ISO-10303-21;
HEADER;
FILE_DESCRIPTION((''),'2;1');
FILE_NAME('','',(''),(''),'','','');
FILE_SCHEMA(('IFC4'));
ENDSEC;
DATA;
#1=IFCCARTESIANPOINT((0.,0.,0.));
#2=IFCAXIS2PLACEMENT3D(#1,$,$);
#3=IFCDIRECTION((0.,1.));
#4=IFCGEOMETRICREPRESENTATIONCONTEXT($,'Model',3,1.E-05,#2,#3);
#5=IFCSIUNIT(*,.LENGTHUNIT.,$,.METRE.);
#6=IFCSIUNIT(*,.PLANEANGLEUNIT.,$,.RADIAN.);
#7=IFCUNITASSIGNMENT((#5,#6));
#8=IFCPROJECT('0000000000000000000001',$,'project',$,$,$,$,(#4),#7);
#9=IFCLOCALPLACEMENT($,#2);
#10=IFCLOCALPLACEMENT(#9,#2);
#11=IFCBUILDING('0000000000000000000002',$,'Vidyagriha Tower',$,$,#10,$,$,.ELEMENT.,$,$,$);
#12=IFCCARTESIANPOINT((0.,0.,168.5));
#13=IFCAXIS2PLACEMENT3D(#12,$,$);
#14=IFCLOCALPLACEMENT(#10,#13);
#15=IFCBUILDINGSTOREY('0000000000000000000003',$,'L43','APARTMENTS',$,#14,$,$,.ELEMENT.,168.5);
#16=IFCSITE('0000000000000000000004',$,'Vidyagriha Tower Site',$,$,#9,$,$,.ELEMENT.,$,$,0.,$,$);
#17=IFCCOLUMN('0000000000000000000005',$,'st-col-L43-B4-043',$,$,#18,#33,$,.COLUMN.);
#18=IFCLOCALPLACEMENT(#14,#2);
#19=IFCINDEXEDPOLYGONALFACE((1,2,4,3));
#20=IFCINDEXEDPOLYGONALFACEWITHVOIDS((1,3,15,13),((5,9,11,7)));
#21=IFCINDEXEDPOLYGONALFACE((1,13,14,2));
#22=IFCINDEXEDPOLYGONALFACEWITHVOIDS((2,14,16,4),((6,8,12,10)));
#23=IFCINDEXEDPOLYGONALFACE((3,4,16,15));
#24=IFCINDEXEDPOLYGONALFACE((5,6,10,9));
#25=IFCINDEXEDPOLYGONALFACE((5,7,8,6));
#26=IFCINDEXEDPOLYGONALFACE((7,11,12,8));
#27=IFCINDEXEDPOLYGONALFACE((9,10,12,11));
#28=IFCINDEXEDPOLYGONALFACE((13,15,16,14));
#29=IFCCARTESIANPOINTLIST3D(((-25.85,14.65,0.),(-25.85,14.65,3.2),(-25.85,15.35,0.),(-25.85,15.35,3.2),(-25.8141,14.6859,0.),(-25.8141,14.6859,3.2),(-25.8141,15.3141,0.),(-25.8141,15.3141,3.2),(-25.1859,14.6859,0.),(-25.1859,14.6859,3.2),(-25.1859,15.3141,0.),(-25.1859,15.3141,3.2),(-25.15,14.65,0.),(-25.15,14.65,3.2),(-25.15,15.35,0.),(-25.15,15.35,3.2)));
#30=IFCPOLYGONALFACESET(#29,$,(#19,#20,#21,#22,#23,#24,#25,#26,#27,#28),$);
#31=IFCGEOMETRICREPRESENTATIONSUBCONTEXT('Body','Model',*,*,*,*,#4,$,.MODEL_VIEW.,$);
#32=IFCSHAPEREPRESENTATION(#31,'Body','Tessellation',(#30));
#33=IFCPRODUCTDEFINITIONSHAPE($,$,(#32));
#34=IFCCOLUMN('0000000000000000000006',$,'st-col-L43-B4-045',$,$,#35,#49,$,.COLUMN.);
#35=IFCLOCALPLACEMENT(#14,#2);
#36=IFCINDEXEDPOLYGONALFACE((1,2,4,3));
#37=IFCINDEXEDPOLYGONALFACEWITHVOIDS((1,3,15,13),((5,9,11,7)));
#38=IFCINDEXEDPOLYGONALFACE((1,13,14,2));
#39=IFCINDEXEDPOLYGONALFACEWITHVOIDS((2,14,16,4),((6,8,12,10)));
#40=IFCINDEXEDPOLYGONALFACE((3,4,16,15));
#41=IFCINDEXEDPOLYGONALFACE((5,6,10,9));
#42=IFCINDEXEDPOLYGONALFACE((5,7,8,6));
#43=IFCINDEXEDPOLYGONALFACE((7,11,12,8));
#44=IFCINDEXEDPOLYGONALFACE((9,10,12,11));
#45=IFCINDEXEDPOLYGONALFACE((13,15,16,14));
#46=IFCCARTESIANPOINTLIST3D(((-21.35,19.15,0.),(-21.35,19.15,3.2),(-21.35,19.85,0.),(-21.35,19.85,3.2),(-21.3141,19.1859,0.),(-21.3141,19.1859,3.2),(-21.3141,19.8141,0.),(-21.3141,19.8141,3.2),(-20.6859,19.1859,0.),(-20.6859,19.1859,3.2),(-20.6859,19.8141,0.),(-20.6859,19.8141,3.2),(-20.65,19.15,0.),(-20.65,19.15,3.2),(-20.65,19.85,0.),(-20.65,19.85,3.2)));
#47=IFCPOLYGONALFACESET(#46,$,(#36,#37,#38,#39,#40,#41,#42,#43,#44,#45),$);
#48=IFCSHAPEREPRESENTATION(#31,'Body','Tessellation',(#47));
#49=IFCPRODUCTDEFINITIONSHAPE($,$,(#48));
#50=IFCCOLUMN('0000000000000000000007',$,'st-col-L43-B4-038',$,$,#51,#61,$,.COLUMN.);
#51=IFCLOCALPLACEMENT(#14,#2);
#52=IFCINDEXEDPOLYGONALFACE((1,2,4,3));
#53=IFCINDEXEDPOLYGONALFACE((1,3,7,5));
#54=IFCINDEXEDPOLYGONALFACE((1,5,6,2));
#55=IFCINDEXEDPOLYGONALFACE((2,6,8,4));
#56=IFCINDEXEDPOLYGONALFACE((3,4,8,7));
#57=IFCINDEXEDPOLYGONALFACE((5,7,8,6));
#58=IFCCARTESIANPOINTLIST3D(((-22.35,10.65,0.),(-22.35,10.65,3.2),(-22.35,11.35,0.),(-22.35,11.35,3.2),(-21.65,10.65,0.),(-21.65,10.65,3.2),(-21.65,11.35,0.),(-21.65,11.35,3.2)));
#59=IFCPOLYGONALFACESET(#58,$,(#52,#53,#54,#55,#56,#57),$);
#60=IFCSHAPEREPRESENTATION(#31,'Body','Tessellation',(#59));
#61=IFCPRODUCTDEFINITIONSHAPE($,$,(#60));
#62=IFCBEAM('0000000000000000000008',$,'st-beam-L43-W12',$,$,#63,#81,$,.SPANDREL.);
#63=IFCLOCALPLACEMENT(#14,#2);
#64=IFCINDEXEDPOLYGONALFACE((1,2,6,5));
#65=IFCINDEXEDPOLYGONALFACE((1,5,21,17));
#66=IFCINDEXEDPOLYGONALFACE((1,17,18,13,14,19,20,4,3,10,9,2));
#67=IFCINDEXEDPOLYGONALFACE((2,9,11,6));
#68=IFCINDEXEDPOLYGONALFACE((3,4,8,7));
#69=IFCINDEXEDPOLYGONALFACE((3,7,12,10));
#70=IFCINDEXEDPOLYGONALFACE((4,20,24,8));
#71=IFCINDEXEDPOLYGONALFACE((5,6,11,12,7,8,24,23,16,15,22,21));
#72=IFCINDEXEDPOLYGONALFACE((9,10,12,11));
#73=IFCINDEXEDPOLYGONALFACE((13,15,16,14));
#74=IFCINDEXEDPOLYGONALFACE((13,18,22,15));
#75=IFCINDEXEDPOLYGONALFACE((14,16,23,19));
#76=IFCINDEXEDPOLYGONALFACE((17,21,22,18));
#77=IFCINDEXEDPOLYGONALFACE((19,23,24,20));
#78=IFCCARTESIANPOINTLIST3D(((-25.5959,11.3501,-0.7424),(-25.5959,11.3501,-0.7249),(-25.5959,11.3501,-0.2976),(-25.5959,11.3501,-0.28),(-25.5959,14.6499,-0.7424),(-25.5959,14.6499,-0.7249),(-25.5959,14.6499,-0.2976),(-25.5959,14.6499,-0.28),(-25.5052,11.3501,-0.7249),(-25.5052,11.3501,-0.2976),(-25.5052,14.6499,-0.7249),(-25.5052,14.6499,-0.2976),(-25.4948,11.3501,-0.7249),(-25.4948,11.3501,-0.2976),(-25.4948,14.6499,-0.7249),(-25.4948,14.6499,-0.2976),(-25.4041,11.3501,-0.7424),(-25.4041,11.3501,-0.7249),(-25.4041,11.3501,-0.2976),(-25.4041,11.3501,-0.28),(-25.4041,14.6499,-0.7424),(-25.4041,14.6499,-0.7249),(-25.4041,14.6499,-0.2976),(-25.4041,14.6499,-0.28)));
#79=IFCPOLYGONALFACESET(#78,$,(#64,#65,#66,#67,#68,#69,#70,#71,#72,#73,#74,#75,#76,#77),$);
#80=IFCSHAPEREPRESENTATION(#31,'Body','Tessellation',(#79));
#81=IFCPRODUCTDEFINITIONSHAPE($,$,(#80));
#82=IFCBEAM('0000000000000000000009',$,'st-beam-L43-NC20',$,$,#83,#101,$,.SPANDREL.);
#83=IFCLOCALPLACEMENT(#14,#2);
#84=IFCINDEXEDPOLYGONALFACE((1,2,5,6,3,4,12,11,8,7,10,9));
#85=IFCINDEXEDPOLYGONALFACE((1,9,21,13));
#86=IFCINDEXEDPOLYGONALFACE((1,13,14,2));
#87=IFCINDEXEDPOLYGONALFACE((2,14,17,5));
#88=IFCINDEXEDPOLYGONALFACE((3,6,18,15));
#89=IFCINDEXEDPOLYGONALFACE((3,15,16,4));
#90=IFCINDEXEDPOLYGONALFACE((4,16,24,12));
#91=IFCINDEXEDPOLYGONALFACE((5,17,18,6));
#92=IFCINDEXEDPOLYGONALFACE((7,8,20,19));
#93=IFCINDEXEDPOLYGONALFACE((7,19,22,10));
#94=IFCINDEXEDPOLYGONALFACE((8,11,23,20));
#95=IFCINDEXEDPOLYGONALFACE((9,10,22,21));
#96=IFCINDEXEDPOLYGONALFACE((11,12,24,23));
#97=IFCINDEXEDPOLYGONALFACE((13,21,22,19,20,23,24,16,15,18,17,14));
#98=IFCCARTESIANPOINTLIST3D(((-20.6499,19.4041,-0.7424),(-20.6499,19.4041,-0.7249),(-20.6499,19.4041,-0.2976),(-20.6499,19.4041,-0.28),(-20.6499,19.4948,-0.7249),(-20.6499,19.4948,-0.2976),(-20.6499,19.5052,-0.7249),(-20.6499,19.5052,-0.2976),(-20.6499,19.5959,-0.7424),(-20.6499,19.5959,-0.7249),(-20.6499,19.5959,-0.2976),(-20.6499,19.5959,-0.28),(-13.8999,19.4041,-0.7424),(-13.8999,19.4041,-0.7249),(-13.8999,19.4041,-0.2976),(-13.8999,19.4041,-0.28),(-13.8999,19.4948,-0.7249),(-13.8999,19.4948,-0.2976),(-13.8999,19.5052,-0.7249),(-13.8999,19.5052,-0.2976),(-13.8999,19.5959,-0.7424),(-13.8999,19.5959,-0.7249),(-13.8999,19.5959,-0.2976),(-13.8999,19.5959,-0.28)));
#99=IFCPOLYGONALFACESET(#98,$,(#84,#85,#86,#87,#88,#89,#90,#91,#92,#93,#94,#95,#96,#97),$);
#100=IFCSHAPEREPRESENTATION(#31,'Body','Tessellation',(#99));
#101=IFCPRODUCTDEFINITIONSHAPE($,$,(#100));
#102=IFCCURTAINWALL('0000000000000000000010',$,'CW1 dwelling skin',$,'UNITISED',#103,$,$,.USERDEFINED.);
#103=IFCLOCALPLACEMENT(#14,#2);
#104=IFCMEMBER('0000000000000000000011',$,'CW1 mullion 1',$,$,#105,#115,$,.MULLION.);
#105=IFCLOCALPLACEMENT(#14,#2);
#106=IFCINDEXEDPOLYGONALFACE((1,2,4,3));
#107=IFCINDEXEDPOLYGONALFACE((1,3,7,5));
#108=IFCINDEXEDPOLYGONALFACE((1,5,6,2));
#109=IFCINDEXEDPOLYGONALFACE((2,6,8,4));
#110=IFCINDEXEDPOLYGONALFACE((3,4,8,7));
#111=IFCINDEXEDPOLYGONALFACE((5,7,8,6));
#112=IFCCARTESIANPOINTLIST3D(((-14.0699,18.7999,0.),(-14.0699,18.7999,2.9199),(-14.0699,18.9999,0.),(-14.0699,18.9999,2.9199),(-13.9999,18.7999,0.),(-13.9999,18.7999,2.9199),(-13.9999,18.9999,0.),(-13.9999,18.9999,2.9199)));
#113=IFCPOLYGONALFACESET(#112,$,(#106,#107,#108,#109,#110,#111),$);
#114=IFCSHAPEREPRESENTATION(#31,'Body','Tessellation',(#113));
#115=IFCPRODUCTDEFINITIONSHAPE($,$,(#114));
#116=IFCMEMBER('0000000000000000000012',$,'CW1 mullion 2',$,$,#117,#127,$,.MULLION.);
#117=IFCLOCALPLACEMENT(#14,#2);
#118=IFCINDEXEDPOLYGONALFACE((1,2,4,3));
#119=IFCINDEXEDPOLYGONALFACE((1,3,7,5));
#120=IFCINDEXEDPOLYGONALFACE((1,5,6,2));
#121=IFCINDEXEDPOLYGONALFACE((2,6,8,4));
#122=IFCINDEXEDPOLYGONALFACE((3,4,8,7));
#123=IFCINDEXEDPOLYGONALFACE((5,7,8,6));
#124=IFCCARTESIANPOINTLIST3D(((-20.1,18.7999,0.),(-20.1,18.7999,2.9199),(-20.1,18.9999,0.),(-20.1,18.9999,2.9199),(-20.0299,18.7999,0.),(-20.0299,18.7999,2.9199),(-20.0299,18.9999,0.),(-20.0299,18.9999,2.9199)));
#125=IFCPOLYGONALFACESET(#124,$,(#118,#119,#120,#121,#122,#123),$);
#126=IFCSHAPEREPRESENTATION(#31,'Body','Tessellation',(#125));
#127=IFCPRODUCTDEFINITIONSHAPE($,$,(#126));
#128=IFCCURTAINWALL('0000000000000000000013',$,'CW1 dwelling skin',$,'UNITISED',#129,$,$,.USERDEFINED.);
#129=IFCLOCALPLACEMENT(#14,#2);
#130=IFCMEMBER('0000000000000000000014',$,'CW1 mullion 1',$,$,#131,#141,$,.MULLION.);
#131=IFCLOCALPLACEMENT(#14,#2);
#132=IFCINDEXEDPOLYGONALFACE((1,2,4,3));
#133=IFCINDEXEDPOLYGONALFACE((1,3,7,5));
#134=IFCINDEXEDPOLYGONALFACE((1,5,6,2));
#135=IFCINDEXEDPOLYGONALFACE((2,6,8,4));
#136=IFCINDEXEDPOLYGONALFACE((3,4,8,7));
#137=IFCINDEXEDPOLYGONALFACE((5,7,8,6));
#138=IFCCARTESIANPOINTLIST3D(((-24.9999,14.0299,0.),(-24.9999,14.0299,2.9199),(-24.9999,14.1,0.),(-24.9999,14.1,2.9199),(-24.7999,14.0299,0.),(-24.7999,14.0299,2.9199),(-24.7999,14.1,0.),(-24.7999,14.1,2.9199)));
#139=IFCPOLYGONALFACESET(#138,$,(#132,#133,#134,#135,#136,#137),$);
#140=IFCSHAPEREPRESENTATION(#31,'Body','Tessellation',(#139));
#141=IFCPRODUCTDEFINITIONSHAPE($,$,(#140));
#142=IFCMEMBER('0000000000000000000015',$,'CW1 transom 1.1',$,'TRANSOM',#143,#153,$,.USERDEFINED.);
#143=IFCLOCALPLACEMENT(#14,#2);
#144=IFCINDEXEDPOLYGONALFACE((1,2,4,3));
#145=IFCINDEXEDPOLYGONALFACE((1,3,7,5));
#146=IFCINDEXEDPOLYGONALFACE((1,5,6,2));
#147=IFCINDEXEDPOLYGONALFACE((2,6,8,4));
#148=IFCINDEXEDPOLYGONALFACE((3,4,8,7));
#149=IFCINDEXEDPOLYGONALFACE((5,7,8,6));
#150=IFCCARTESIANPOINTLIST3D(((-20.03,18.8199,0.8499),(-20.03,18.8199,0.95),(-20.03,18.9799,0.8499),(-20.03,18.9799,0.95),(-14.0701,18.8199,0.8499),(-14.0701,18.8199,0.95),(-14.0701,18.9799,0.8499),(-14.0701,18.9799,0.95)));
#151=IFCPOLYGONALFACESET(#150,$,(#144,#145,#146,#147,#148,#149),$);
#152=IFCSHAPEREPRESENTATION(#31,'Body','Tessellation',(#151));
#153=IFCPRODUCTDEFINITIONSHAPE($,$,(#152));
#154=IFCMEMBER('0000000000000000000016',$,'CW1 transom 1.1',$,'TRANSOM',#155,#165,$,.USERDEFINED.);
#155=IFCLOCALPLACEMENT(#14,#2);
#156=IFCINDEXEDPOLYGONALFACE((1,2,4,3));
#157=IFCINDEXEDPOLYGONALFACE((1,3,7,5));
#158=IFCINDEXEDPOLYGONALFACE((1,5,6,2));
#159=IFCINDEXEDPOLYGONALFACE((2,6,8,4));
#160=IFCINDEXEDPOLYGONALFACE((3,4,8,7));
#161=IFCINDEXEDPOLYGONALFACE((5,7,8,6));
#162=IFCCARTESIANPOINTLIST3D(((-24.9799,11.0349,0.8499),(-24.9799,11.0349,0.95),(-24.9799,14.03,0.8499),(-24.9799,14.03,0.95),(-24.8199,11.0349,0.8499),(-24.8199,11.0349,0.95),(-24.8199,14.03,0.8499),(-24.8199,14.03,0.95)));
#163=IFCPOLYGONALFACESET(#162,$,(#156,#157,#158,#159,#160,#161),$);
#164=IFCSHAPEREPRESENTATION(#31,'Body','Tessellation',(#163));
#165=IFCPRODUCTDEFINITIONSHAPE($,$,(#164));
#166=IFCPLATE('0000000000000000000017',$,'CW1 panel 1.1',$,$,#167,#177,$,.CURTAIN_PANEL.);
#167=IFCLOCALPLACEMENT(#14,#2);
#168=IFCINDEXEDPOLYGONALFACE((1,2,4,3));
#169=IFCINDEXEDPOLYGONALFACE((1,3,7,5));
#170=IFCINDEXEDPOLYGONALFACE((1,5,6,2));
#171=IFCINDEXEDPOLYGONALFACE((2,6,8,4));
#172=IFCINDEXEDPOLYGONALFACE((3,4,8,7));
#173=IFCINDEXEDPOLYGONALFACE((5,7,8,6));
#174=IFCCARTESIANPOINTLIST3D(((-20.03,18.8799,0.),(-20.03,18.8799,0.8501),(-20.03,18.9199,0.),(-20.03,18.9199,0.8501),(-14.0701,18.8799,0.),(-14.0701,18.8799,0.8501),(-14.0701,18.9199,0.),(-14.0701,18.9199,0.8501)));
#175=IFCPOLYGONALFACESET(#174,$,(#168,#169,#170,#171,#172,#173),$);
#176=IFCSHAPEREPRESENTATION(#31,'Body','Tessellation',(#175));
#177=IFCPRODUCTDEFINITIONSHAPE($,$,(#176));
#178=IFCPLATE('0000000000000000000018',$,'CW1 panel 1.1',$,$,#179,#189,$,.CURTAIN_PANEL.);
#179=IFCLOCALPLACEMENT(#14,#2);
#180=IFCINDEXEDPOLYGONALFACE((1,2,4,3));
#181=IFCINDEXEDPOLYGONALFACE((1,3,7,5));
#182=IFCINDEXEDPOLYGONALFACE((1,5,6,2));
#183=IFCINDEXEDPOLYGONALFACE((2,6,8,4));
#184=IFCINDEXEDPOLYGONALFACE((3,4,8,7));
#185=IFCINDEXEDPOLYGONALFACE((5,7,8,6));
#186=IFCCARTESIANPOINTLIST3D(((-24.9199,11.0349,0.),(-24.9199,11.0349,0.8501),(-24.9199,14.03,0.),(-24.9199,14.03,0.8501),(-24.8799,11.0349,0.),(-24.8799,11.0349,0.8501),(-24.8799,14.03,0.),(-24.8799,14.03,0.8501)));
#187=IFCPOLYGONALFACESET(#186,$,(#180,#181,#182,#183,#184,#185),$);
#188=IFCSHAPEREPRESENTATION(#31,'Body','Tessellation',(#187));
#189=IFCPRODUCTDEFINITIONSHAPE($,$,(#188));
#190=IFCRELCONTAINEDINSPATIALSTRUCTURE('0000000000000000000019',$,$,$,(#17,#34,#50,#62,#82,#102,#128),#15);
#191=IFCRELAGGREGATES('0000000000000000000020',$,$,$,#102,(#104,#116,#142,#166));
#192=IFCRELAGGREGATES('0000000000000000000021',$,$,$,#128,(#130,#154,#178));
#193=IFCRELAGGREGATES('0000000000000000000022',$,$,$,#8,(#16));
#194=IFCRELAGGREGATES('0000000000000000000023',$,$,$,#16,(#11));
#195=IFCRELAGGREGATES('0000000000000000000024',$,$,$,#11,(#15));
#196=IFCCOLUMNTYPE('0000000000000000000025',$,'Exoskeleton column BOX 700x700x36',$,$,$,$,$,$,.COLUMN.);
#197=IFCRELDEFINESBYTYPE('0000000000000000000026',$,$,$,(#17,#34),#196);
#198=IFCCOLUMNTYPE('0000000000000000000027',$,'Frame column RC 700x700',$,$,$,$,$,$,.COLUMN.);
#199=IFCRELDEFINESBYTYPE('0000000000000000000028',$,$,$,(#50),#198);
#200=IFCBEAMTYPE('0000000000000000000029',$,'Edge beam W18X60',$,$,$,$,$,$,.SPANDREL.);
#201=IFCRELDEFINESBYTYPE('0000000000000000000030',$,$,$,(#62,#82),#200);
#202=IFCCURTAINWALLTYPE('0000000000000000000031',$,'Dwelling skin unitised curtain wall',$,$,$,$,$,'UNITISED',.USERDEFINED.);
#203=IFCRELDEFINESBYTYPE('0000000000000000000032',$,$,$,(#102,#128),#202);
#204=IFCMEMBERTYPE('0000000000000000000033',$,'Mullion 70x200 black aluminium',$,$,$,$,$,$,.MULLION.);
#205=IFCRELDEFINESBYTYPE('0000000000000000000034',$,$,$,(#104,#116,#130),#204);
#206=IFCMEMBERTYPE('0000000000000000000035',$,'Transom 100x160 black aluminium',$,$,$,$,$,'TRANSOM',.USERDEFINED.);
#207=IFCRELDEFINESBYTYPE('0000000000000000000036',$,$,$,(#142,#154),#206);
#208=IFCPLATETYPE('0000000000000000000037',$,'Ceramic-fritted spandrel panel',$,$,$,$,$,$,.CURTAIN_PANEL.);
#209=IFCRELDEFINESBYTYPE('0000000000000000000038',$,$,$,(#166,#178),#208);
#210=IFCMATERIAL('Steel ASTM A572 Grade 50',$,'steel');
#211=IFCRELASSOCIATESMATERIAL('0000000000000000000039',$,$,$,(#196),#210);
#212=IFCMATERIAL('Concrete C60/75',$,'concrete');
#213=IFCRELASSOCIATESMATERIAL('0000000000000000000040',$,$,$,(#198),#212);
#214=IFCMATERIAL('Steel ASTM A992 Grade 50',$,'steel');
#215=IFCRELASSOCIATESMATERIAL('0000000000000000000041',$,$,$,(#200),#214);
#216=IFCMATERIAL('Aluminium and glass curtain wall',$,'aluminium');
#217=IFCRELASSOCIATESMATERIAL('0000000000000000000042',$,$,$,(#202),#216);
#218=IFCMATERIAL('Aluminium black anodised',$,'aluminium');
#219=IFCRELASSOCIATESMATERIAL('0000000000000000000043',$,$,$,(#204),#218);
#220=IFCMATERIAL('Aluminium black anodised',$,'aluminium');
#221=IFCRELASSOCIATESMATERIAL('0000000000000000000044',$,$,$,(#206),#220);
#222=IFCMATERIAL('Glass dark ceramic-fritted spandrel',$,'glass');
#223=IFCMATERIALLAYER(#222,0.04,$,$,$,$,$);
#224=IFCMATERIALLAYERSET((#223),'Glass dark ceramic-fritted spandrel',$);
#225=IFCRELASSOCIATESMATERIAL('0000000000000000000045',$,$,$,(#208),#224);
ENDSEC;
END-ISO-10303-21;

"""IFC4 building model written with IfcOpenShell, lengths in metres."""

from ifc_helpers import new_model, si_unit, direction, frame, origin, origin_2d, place, context, subcontext, project, spatial, rectangle, hollow_rectangle, i_section, extrude, material, layer, layer_set, material_profile, profile_set, type_object, element, aggregate, save


model = new_model("IFC4")

# Units and contexts
model_context = context("Model", 3, precision=1e-05, world=origin(), true_north=direction((0.0, 1.0)))
body_context = subcontext(model_context, "Body", "Model", "MODEL_VIEW")
ifc_project = project(units=[si_unit("LENGTHUNIT", "METRE"), si_unit("PLANEANGLEUNIT", "RADIAN")], contexts=[model_context])

# Site, building, storey
site_placement = place(None, origin())
site = spatial("IfcSite", under=ifc_project, at=site_placement, Name="Vidyagriha Tower Site", CompositionType="ELEMENT", RefElevation=0.0)
building_placement = place(site_placement, origin())
building = spatial("IfcBuilding", under=site, at=building_placement, Name="Vidyagriha Tower", CompositionType="ELEMENT")
storey_placement = place(building_placement, frame((0.0, 0.0, 168.5)))
storey = spatial("IfcBuildingStorey", under=building, at=storey_placement, Name="L43", Description="APARTMENTS", CompositionType="ELEMENT", Elevation=168.5)

# Columns
ifc_material_1 = material(Name="Steel ASTM A572 Grade 50", Category="steel")
ifc_material_profile_1 = material_profile(ifc_material_1, hollow_rectangle(XDim=0.7, YDim=0.7, WallThickness=0.0359, at=origin_2d()), Name="BOX 700x700x36")
ifc_profile_set_1 = profile_set([ifc_material_profile_1], Name="Steel ASTM A572 Grade 50")
column_type_1 = type_object("IfcColumnType", Name="Exoskeleton column BOX 700x700x36", PredefinedType="COLUMN", material=ifc_profile_set_1)
for number, where, name in (
    (1, (-25.5, 15.0, 0.0), "st-col-L43-B4-043"),
    (2, (-21.0, 19.5, 0.0), "st-col-L43-B4-045"),
):
    element("IfcColumn", number, at=place(storey_placement, frame(where)), inside=storey, type_object=column_type_1, Name=name, PredefinedType="COLUMN", context=body_context, shape_type="SweptSolid", body=[
        extrude(hollow_rectangle(XDim=0.7, YDim=0.7, WallThickness=0.0359, at=origin_2d()), origin(), (0.0, 0.0, 1.0), 3.2),
    ])
ifc_material_2 = material(Name="Concrete C60/75", Category="concrete")
ifc_material_profile_2 = material_profile(ifc_material_2, rectangle(XDim=0.7, YDim=0.7, at=origin_2d()), Name="RC 700x700")
ifc_profile_set_2 = profile_set([ifc_material_profile_2], Name="Concrete C60/75")
column_type_2 = type_object("IfcColumnType", Name="Frame column RC 700x700", PredefinedType="COLUMN", material=ifc_profile_set_2)
column_placement = place(storey_placement, frame((-22.0, 11.0, 0.0)))
element("IfcColumn", 3, at=column_placement, inside=storey, type_object=column_type_2, Name="st-col-L43-B4-038", PredefinedType="COLUMN", context=body_context, shape_type="SweptSolid", body=[
    extrude(rectangle(XDim=0.7, YDim=0.7, at=origin_2d()), origin(), (0.0, 0.0, 1.0), 3.2),
])

# Beams
ifc_material_3 = material(Name="Steel ASTM A992 Grade 50", Category="steel")
ifc_material_profile_3 = material_profile(ifc_material_3, i_section(OverallWidth=0.1919, OverallDepth=0.4624, WebThickness=0.0105, FlangeThickness=0.0176, at=origin_2d()), Name="W18X60")
ifc_profile_set_3 = profile_set([ifc_material_profile_3], Name="Steel ASTM A992 Grade 50")
beam_type = type_object("IfcBeamType", Name="Edge beam W18X60", PredefinedType="SPANDREL", material=ifc_profile_set_3)
beam_1_placement = place(storey_placement, frame((-25.5, 11.3501, -0.5112), z_axis=(0.0, 1.0, 0.0), x_axis=(-1.0, 0.0, 0.0)))
element("IfcBeam", 4, at=beam_1_placement, inside=storey, type_object=beam_type, Name="st-beam-L43-W12", PredefinedType="SPANDREL", context=body_context, shape_type="SweptSolid", body=[
    extrude(i_section(OverallWidth=0.1919, OverallDepth=0.4624, WebThickness=0.0105, FlangeThickness=0.0176, at=origin_2d()), origin(), (0.0, 0.0, 1.0), 3.2998),
])
beam_2_placement = place(storey_placement, frame((-20.6499, 19.5, -0.5112), z_axis=(1.0, 0.0, 0.0), x_axis=(0.0, 1.0, 0.0)))
element("IfcBeam", 5, at=beam_2_placement, inside=storey, type_object=beam_type, Name="st-beam-L43-NC20", PredefinedType="SPANDREL", context=body_context, shape_type="SweptSolid", body=[
    extrude(i_section(OverallWidth=0.1919, OverallDepth=0.4624, WebThickness=0.0105, FlangeThickness=0.0176, at=origin_2d()), origin(), (0.0, 0.0, 1.0), 6.75),
])

# Curtain wall, members
ifc_material_4 = material(Name="Aluminium and glass curtain wall", Category="aluminium")
curtain_wall_type = type_object("IfcCurtainWallType", Name="Dwelling skin unitised curtain wall", ElementType="UNITISED", PredefinedType="USERDEFINED", material=ifc_material_4)
curtain_wall_1_placement = place(storey_placement, origin())
curtain_wall_1 = element("IfcCurtainWall", 6, at=curtain_wall_1_placement, inside=storey, type_object=curtain_wall_type, Name="CW1 dwelling skin", ObjectType="UNITISED", PredefinedType="USERDEFINED")
ifc_material_5 = material(Name="Aluminium black anodised", Category="aluminium")
ifc_material_profile_4 = material_profile(ifc_material_5, rectangle(XDim=0.2, YDim=0.0701, at=origin_2d()), Name="Mullion 70x200 black aluminium")
ifc_profile_set_4 = profile_set([ifc_material_profile_4], Name="Aluminium black anodised")
member_type_1 = type_object("IfcMemberType", Name="Mullion 70x200 black aluminium", PredefinedType="MULLION", material=ifc_profile_set_4)
member_1_placement = place(storey_placement, frame((-14.0349, 18.8999, 0.0), z_axis=(0.0, 0.0, 1.0), x_axis=(0.0, -1.0, 0.0)))
member_1 = element("IfcMember", 7, at=member_1_placement, type_object=member_type_1, Name="CW1 mullion 1", PredefinedType="MULLION", context=body_context, shape_type="SweptSolid", body=[
    extrude(rectangle(XDim=0.2, YDim=0.0701, at=origin_2d()), origin(), (0.0, 0.0, 1.0), 2.9199),
])
member_2_placement = place(storey_placement, frame((-20.0649, 18.8999, 0.0), z_axis=(0.0, 0.0, 1.0), x_axis=(0.0, -1.0, 0.0)))
member_2 = element("IfcMember", 8, at=member_2_placement, type_object=member_type_1, Name="CW1 mullion 2", PredefinedType="MULLION", context=body_context, shape_type="SweptSolid", body=[
    extrude(rectangle(XDim=0.2, YDim=0.0701, at=origin_2d()), origin(), (0.0, 0.0, 1.0), 2.9199),
])

# Curtain wall, member
curtain_wall_2_placement = place(storey_placement, origin())
curtain_wall_2 = element("IfcCurtainWall", 9, at=curtain_wall_2_placement, inside=storey, type_object=curtain_wall_type, Name="CW1 dwelling skin", ObjectType="UNITISED", PredefinedType="USERDEFINED")
member_3_placement = place(storey_placement, frame((-24.8999, 14.0649, 0.0)))
member_3 = element("IfcMember", 10, at=member_3_placement, type_object=member_type_1, Name="CW1 mullion 1", PredefinedType="MULLION", context=body_context, shape_type="SweptSolid", body=[
    extrude(rectangle(XDim=0.2, YDim=0.0701, at=origin_2d()), origin(), (0.0, 0.0, 1.0), 2.9199),
])

# Members
ifc_material_6 = material(Name="Aluminium black anodised", Category="aluminium")
ifc_material_profile_5 = material_profile(ifc_material_6, rectangle(XDim=0.1599, YDim=0.1001, at=origin_2d()), Name="Transom 100x160 black aluminium")
ifc_profile_set_5 = profile_set([ifc_material_profile_5], Name="Aluminium black anodised")
member_type_2 = type_object("IfcMemberType", Name="Transom 100x160 black aluminium", ElementType="TRANSOM", PredefinedType="USERDEFINED", material=ifc_profile_set_5)
member_4_placement = place(storey_placement, frame((-14.0701, 18.8999, 0.8999), z_axis=(-1.0, 0.0, 0.0), x_axis=(0.0, -1.0, 0.0)))
member_4 = element("IfcMember", 11, at=member_4_placement, type_object=member_type_2, Name="CW1 transom 1.1", ObjectType="TRANSOM", PredefinedType="USERDEFINED", context=body_context, shape_type="SweptSolid", body=[
    extrude(rectangle(XDim=0.1599, YDim=0.1001, at=origin_2d()), origin(), (0.0, 0.0, 1.0), 5.96),
])
member_5_placement = place(storey_placement, frame((-24.8999, 14.03, 0.8999), z_axis=(0.0, -1.0, 0.0), x_axis=(1.0, 0.0, 0.0)))
member_5 = element("IfcMember", 12, at=member_5_placement, type_object=member_type_2, Name="CW1 transom 1.1", ObjectType="TRANSOM", PredefinedType="USERDEFINED", context=body_context, shape_type="SweptSolid", body=[
    extrude(rectangle(XDim=0.1599, YDim=0.1001, at=origin_2d()), origin(), (0.0, 0.0, 1.0), 2.9951),
])

# Plates
ifc_material_7 = material(Name="Glass dark ceramic-fritted spandrel", Category="glass")
ifc_layer_1 = layer(ifc_material_7, 0.04)
ifc_layer_set_1 = layer_set([ifc_layer_1], Name="Glass dark ceramic-fritted spandrel")
plate_type_1 = type_object("IfcPlateType", Name="Ceramic-fritted spandrel panel", PredefinedType="CURTAIN_PANEL", material=ifc_layer_set_1)
plate_1_placement = place(storey_placement, frame((-17.05, 18.8999, 0.0), z_axis=(0.0, 0.0, 1.0), x_axis=(-1.0, 0.0, 0.0)))
plate_1 = element("IfcPlate", 13, at=plate_1_placement, type_object=plate_type_1, Name="CW1 panel 1.1", PredefinedType="CURTAIN_PANEL", context=body_context, shape_type="SweptSolid", body=[
    extrude(rectangle(XDim=5.96, YDim=0.04, at=origin_2d()), origin(), (0.0, 0.0, 1.0), 0.8501),
])
plate_2_placement = place(storey_placement, frame((-24.8999, 12.5325, 0.0), z_axis=(0.0, 0.0, 1.0), x_axis=(0.0, -1.0, 0.0)))
plate_2 = element("IfcPlate", 14, at=plate_2_placement, type_object=plate_type_1, Name="CW1 panel 1.1", PredefinedType="CURTAIN_PANEL", context=body_context, shape_type="SweptSolid", body=[
    extrude(rectangle(XDim=2.9951, YDim=0.04, at=origin_2d()), origin(), (0.0, 0.0, 1.0), 0.8501),
])
aggregate(curtain_wall_1, [member_1, member_2, member_4, plate_1])
aggregate(curtain_wall_2, [member_3, member_5, plate_2])

save(model, "model.ifc")
